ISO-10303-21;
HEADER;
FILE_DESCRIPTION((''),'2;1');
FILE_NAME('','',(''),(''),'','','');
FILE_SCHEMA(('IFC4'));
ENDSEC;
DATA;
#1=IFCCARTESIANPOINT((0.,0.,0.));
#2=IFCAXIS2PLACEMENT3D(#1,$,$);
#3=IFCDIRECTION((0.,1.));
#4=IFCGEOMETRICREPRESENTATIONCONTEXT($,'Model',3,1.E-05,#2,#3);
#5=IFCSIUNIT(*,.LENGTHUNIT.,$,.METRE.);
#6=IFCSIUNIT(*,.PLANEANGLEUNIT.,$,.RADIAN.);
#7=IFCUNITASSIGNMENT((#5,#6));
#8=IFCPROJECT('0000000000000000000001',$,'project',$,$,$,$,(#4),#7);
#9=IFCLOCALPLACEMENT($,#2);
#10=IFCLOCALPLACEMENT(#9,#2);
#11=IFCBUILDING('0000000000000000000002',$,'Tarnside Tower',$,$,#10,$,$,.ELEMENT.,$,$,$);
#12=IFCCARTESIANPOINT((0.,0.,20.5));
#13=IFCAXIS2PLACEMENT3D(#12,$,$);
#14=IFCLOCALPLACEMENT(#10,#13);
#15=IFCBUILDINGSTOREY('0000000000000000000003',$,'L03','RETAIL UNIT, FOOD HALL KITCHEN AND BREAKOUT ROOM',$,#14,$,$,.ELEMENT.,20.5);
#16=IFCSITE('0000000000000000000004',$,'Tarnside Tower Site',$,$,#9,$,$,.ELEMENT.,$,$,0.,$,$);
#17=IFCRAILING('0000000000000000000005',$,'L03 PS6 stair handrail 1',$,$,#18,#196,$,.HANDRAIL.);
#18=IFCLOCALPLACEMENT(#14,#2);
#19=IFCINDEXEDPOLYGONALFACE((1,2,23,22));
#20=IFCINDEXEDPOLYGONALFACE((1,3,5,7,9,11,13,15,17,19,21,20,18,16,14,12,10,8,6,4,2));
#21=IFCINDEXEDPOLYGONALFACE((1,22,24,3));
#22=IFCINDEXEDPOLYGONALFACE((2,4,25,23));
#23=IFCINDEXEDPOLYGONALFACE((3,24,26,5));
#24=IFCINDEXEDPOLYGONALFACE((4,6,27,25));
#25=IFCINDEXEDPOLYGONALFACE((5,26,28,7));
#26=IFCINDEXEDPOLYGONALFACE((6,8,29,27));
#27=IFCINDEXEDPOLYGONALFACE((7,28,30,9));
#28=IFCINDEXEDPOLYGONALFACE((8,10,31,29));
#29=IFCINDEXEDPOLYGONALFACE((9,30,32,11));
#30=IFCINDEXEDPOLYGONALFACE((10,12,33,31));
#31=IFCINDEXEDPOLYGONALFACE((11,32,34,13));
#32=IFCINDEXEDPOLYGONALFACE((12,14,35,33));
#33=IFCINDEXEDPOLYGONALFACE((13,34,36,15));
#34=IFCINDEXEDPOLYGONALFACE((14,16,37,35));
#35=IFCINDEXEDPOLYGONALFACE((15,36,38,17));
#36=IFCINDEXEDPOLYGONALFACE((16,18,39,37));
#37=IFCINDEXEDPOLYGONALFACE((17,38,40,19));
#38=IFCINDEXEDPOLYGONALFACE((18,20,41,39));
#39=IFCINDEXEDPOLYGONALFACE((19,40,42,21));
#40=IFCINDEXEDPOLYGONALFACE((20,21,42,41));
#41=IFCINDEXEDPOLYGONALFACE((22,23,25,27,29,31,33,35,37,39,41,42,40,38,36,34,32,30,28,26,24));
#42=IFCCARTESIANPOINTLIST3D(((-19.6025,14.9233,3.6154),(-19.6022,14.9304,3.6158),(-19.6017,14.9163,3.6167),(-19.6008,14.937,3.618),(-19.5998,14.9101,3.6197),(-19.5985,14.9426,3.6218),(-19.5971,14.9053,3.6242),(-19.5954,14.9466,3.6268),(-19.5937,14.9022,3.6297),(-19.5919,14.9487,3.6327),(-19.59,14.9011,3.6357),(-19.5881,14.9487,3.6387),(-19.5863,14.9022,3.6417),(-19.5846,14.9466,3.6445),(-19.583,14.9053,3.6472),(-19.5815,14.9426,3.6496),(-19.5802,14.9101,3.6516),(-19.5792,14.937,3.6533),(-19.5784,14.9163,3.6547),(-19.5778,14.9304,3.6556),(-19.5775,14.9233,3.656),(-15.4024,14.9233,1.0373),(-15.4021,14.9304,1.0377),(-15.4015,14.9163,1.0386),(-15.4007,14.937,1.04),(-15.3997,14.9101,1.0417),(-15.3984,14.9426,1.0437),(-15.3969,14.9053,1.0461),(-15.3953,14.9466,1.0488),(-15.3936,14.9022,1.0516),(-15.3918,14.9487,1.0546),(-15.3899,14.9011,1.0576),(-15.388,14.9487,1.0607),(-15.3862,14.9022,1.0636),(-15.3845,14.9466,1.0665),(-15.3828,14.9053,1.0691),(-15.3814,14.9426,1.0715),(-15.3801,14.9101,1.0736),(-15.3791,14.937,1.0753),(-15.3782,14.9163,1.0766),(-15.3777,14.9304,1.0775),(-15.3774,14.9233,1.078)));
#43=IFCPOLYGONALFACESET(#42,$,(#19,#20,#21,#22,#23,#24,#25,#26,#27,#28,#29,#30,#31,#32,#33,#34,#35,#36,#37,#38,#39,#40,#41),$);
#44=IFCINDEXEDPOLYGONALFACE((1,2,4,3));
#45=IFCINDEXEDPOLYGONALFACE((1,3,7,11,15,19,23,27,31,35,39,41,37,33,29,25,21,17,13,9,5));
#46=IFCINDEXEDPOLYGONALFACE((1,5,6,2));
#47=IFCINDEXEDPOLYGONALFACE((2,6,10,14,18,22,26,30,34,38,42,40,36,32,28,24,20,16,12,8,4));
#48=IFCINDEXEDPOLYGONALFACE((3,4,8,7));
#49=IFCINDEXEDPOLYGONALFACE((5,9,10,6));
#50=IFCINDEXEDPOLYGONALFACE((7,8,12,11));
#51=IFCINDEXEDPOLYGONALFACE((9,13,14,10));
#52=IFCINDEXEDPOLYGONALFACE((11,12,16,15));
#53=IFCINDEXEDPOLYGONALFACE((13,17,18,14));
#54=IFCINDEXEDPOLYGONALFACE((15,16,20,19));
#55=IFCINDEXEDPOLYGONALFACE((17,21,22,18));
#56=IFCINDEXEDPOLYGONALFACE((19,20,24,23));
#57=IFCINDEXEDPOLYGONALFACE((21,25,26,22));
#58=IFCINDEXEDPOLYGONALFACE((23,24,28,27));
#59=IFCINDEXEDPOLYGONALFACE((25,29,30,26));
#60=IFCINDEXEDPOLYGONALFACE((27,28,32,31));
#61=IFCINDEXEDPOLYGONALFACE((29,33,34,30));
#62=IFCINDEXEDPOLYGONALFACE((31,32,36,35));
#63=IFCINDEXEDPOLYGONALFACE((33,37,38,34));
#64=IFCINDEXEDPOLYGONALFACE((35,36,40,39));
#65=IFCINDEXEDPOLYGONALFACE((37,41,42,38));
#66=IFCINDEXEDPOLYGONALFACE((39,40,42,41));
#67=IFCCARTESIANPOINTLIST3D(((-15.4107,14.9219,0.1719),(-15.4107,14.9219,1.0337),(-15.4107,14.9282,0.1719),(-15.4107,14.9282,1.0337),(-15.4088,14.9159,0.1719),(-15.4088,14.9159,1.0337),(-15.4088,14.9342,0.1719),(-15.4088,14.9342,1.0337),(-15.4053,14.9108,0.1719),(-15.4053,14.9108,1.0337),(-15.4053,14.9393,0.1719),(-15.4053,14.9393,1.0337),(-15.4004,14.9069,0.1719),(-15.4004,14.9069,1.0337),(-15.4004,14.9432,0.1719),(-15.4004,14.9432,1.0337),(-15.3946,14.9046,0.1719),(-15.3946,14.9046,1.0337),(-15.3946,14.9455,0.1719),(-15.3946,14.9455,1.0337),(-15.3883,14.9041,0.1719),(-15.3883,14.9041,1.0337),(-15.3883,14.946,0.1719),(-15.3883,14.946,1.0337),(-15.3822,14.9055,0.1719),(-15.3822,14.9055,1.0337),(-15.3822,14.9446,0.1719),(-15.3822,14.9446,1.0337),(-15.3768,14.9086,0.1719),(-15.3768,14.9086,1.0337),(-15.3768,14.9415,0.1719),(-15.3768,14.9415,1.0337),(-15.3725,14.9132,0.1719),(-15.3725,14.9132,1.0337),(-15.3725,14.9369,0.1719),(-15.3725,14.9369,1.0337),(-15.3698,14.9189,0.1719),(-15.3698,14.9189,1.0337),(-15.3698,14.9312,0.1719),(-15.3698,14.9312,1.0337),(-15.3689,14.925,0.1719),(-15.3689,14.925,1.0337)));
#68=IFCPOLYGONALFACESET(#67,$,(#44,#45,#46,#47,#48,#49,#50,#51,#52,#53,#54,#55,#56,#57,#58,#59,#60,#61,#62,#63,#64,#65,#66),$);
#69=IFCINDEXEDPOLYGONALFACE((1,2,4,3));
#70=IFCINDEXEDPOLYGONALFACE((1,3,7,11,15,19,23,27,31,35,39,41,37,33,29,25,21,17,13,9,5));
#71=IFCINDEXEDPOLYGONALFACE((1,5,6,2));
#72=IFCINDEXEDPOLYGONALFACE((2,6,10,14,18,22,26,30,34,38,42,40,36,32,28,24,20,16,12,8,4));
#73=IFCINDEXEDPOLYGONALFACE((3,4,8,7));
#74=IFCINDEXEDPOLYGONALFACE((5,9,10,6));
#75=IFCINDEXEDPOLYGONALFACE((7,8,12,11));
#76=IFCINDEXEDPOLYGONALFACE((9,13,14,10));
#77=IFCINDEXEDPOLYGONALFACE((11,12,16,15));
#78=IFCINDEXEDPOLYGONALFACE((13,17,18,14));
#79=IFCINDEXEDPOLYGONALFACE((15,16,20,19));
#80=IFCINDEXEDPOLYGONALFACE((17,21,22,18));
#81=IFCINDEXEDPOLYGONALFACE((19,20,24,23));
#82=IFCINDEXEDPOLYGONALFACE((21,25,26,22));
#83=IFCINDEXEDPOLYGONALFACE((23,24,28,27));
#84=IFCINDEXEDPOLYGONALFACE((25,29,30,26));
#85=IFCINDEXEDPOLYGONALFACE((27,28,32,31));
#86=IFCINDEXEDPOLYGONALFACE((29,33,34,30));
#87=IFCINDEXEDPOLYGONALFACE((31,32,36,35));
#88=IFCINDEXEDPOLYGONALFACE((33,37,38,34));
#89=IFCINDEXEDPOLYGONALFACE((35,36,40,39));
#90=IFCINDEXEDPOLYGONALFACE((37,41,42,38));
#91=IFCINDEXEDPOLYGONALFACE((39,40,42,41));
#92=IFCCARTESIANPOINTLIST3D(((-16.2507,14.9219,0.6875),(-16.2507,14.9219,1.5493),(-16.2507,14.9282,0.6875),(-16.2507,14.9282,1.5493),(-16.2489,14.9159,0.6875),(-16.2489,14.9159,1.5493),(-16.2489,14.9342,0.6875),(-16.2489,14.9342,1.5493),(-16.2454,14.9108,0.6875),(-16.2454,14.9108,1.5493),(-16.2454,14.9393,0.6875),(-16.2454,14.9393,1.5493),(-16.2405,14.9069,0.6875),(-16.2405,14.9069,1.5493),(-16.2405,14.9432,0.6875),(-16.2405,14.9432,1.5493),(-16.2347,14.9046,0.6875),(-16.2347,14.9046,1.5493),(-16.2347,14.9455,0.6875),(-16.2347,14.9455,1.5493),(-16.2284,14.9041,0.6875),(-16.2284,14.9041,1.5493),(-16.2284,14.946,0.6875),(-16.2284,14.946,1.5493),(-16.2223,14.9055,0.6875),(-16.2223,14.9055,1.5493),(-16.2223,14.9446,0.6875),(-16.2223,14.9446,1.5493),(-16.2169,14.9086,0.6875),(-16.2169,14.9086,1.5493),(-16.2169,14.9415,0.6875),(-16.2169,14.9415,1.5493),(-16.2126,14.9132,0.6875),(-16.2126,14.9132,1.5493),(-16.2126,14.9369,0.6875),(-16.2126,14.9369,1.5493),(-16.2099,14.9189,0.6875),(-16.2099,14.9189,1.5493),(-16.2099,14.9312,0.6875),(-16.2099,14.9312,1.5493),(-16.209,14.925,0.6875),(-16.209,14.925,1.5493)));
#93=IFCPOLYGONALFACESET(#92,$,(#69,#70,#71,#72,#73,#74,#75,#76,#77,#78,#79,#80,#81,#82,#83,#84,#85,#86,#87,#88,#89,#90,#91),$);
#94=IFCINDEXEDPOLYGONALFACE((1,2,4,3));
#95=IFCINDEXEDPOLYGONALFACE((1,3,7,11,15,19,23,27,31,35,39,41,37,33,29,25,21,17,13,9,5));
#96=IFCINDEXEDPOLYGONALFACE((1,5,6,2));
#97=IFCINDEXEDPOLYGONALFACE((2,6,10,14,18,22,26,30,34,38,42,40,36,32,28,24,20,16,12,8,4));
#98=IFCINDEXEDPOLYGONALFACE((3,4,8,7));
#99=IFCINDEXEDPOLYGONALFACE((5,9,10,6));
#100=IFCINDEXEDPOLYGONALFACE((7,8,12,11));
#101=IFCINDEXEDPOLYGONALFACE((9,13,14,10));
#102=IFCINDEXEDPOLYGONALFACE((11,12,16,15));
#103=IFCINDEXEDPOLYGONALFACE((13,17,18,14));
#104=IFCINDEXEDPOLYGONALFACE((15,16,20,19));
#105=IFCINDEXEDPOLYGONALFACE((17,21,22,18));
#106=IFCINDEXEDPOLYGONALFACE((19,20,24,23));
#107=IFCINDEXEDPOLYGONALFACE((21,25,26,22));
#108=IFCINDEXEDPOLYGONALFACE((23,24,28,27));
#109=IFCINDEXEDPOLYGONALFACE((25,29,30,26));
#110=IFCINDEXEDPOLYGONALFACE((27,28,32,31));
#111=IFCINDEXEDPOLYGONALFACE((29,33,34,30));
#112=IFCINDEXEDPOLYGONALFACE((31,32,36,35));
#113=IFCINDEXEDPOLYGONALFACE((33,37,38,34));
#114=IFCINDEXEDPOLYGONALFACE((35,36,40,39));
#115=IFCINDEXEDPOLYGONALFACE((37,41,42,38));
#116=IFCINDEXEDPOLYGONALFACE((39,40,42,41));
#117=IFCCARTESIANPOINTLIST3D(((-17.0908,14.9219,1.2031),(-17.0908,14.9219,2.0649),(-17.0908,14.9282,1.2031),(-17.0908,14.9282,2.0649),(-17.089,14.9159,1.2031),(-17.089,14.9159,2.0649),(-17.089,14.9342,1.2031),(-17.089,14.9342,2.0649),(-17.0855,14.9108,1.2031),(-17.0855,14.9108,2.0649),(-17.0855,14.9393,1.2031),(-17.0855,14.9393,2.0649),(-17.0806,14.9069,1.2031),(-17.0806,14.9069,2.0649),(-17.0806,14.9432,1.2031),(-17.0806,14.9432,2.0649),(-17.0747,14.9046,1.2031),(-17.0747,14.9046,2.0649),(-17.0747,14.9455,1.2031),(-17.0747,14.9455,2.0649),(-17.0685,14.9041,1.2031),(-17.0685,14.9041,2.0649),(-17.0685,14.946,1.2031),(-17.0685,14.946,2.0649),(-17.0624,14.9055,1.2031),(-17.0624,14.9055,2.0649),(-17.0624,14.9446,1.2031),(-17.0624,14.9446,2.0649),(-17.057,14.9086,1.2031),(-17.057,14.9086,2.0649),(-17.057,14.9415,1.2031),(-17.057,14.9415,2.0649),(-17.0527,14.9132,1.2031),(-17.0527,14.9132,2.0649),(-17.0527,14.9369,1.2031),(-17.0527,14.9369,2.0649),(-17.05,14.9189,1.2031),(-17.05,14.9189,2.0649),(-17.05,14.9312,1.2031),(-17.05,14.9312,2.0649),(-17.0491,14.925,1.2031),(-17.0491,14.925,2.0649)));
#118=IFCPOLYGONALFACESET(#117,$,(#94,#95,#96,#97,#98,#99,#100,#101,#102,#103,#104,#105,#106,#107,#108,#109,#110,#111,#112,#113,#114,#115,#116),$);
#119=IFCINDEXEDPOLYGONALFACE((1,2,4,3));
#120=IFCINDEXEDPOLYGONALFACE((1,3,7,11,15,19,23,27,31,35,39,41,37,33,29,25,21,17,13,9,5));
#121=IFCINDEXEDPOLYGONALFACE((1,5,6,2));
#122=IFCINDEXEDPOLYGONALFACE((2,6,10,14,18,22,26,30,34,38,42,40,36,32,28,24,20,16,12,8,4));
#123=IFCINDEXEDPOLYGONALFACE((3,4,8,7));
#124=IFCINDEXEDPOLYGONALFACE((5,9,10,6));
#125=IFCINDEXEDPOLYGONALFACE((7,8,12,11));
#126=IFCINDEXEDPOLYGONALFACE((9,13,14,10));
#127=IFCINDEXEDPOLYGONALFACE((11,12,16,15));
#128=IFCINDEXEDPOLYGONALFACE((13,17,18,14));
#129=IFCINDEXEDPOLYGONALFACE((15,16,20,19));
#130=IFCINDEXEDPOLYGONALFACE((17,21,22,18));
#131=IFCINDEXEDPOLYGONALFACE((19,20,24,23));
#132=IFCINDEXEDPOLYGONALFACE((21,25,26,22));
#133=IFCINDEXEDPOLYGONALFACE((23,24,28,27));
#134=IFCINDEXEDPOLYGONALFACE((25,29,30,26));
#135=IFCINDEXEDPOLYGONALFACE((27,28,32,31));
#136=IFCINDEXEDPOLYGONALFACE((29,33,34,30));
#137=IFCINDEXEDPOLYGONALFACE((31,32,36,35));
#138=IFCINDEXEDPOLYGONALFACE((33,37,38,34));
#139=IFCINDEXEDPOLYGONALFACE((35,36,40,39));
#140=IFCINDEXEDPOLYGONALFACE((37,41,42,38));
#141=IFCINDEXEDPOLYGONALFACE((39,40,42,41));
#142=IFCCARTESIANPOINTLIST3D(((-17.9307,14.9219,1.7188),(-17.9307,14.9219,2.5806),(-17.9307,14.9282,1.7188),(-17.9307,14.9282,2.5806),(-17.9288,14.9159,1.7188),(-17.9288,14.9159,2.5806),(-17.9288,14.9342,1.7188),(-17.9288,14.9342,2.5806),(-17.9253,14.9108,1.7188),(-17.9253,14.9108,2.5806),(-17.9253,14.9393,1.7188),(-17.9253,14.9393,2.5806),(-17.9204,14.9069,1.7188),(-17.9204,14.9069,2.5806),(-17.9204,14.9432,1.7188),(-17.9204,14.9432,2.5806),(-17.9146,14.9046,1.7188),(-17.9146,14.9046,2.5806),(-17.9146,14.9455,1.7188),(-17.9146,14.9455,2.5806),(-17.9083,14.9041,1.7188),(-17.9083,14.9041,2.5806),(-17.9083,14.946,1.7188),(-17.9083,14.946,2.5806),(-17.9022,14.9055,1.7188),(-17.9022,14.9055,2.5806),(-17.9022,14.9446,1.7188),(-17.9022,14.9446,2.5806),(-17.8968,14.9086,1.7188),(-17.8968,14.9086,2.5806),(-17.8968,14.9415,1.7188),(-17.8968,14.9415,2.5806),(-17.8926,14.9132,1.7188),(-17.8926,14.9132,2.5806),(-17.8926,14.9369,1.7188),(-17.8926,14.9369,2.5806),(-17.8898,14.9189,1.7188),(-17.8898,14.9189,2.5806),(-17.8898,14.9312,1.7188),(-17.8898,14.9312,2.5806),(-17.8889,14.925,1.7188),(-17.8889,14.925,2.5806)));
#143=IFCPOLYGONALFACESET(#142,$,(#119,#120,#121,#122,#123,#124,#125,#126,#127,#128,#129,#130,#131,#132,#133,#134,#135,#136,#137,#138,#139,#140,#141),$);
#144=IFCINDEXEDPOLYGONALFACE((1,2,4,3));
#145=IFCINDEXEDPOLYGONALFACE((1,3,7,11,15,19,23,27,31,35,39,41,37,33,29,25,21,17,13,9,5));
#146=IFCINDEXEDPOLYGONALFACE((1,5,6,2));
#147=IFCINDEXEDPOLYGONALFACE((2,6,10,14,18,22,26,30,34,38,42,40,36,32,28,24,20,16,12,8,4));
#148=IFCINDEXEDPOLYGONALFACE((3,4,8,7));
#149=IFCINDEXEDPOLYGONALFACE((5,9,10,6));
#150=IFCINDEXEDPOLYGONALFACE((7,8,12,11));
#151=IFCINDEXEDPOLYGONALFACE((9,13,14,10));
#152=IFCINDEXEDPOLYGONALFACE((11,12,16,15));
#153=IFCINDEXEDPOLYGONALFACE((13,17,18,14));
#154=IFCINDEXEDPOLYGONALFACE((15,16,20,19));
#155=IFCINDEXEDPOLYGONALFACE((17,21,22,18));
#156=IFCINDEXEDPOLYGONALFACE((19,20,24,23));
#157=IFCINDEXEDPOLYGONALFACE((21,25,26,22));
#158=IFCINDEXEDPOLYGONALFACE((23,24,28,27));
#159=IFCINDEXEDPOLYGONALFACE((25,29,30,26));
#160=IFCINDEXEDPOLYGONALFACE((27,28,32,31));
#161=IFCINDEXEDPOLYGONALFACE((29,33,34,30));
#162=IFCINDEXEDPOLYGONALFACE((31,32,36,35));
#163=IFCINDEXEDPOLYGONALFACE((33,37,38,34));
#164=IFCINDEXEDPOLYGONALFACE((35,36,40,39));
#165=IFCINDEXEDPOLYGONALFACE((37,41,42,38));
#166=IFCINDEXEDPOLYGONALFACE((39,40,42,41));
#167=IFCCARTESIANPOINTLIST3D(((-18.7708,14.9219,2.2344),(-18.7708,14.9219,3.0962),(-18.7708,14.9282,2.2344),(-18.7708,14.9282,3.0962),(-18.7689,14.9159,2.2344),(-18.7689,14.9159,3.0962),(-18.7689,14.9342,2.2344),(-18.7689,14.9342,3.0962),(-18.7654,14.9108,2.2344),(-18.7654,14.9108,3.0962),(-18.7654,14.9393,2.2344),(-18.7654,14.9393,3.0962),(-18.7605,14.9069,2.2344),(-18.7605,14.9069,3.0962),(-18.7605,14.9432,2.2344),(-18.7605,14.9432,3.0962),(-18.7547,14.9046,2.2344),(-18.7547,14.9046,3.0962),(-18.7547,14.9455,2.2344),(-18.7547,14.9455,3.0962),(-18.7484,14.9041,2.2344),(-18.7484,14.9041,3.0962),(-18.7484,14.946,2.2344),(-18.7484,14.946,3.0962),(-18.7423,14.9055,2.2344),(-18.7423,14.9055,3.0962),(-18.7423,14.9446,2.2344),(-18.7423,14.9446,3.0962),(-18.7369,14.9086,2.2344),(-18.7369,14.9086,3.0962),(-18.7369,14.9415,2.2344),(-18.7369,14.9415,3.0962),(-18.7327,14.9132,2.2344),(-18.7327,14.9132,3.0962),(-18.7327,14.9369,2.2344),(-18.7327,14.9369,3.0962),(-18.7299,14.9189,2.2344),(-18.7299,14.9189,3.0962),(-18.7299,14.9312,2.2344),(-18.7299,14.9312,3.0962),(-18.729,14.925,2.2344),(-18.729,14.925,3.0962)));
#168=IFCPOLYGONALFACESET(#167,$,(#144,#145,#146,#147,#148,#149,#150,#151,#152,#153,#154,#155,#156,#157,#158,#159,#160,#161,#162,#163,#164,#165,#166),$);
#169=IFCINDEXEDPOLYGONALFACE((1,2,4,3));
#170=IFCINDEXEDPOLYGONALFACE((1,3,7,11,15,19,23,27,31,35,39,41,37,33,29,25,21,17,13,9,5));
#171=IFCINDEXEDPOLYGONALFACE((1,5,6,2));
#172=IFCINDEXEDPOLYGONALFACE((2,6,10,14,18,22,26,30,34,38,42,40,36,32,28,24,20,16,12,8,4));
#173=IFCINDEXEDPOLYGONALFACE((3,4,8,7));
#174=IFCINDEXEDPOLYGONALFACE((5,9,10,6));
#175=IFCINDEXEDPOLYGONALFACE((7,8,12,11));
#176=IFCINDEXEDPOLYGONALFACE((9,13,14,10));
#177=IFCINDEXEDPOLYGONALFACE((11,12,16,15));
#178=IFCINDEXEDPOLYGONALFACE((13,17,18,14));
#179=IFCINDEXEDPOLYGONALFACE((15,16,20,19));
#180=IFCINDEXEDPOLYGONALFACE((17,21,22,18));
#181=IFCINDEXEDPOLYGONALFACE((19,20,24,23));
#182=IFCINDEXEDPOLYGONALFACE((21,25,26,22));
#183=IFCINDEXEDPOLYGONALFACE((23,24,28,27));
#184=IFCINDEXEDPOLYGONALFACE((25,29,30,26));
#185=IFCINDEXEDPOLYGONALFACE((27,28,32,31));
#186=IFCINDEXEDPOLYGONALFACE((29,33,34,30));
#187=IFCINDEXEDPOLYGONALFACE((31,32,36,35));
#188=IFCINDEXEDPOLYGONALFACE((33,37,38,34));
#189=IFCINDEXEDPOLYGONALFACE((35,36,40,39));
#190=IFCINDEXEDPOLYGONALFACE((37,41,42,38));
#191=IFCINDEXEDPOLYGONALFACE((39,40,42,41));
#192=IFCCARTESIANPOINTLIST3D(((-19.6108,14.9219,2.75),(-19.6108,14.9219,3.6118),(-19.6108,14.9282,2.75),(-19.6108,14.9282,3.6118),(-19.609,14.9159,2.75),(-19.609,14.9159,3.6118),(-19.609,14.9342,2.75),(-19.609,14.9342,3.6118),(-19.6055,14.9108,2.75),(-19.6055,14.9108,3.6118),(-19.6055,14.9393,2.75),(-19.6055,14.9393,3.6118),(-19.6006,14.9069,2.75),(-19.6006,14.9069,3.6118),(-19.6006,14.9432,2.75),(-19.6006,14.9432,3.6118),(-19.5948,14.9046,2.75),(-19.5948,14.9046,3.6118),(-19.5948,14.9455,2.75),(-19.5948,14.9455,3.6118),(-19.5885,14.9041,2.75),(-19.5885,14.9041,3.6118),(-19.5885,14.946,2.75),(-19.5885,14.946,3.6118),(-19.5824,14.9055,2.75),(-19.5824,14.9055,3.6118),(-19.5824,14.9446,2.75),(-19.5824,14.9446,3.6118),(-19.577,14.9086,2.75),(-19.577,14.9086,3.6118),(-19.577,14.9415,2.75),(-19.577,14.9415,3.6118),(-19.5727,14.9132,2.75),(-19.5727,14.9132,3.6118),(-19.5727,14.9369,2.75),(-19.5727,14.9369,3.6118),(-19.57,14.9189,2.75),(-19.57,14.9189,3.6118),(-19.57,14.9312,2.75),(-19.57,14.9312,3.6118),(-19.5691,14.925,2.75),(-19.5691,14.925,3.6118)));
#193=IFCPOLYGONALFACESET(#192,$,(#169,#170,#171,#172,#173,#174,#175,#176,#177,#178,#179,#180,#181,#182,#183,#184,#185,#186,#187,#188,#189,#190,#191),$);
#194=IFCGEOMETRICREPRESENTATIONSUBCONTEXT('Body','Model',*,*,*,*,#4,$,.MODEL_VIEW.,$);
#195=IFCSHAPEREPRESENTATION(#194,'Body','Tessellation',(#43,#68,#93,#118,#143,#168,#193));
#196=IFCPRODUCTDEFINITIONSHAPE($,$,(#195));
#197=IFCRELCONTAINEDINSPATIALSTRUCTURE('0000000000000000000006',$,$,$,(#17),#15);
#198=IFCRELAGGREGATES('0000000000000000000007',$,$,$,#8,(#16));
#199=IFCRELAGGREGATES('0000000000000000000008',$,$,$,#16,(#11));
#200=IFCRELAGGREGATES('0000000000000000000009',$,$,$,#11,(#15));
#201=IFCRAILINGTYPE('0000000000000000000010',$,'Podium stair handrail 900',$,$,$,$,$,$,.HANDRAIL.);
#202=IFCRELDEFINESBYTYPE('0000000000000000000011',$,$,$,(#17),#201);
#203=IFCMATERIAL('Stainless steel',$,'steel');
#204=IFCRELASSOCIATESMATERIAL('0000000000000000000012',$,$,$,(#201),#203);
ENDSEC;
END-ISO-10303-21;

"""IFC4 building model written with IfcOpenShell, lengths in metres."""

from ifc_helpers import new_model, si_unit, direction, frame, origin, origin_2d, place, context, subcontext, project, spatial, circle, extrude, material, type_object, element, save


model = new_model("IFC4")

# Units and contexts
model_context = context("Model", 3, precision=1e-05, world=origin(), true_north=direction((0.0, 1.0)))
body_context = subcontext(model_context, "Body", "Model", "MODEL_VIEW")
ifc_project = project(units=[si_unit("LENGTHUNIT", "METRE"), si_unit("PLANEANGLEUNIT", "RADIAN")], contexts=[model_context])

# Site, building, storey
site_placement = place(None, origin())
site = spatial("IfcSite", under=ifc_project, at=site_placement, Name="Tarnside Tower Site", CompositionType="ELEMENT", RefElevation=0.0)
building_placement = place(site_placement, origin())
building = spatial("IfcBuilding", under=site, at=building_placement, Name="Tarnside Tower", CompositionType="ELEMENT")
storey_placement = place(building_placement, frame((0.0, 0.0, 20.5)))
storey = spatial("IfcBuildingStorey", under=building, at=storey_placement, Name="L03", Description="RETAIL UNIT, FOOD HALL KITCHEN AND BREAKOUT ROOM", CompositionType="ELEMENT", Elevation=20.5)

# Railing
ifc_material_1 = material(Name="Stainless steel", Category="steel")
railing_type_1 = type_object("IfcRailingType", Name="Podium stair handrail 900", PredefinedType="HANDRAIL", material=ifc_material_1)
railing_1_placement = place(storey_placement, frame((-15.3899, 14.925, 0.1719)))
element("IfcRailing", 1, at=railing_1_placement, inside=storey, type_object=railing_type_1, Name="L03 PS6 stair handrail 1", PredefinedType="HANDRAIL", context=body_context, shape_type="SweptSolid", body=[
    extrude(circle(Radius=0.0239, at=origin_2d()), frame((0.0, 0.0, 0.8857), z_axis=(-0.852256, 0.0, 0.523124), x_axis=(0.0, -1.0, 0.0)), (0.0, 0.0, 1.0), 4.9282),
    extrude(circle(Radius=0.021, at=origin_2d()), origin(), (0.0, 0.0, 1.0), 0.8618),
    extrude(circle(Radius=0.021, at=origin_2d()), frame((-0.8401, 0.0, 0.5156)), (0.0, 0.0, 1.0), 0.8618),
    extrude(circle(Radius=0.021, at=origin_2d()), frame((-1.6802, 0.0, 1.0312)), (0.0, 0.0, 1.0), 0.8618),
    extrude(circle(Radius=0.021, at=origin_2d()), frame((-2.52, 0.0, 1.5469)), (0.0, 0.0, 1.0), 0.8618),
    extrude(circle(Radius=0.021, at=origin_2d()), frame((-3.3601, 0.0, 2.0625)), (0.0, 0.0, 1.0), 0.8618),
    extrude(circle(Radius=0.021, at=origin_2d()), frame((-4.2002, 0.0, 2.5781)), (0.0, 0.0, 1.0), 0.8618),
])

save(model, "model.ifc")
